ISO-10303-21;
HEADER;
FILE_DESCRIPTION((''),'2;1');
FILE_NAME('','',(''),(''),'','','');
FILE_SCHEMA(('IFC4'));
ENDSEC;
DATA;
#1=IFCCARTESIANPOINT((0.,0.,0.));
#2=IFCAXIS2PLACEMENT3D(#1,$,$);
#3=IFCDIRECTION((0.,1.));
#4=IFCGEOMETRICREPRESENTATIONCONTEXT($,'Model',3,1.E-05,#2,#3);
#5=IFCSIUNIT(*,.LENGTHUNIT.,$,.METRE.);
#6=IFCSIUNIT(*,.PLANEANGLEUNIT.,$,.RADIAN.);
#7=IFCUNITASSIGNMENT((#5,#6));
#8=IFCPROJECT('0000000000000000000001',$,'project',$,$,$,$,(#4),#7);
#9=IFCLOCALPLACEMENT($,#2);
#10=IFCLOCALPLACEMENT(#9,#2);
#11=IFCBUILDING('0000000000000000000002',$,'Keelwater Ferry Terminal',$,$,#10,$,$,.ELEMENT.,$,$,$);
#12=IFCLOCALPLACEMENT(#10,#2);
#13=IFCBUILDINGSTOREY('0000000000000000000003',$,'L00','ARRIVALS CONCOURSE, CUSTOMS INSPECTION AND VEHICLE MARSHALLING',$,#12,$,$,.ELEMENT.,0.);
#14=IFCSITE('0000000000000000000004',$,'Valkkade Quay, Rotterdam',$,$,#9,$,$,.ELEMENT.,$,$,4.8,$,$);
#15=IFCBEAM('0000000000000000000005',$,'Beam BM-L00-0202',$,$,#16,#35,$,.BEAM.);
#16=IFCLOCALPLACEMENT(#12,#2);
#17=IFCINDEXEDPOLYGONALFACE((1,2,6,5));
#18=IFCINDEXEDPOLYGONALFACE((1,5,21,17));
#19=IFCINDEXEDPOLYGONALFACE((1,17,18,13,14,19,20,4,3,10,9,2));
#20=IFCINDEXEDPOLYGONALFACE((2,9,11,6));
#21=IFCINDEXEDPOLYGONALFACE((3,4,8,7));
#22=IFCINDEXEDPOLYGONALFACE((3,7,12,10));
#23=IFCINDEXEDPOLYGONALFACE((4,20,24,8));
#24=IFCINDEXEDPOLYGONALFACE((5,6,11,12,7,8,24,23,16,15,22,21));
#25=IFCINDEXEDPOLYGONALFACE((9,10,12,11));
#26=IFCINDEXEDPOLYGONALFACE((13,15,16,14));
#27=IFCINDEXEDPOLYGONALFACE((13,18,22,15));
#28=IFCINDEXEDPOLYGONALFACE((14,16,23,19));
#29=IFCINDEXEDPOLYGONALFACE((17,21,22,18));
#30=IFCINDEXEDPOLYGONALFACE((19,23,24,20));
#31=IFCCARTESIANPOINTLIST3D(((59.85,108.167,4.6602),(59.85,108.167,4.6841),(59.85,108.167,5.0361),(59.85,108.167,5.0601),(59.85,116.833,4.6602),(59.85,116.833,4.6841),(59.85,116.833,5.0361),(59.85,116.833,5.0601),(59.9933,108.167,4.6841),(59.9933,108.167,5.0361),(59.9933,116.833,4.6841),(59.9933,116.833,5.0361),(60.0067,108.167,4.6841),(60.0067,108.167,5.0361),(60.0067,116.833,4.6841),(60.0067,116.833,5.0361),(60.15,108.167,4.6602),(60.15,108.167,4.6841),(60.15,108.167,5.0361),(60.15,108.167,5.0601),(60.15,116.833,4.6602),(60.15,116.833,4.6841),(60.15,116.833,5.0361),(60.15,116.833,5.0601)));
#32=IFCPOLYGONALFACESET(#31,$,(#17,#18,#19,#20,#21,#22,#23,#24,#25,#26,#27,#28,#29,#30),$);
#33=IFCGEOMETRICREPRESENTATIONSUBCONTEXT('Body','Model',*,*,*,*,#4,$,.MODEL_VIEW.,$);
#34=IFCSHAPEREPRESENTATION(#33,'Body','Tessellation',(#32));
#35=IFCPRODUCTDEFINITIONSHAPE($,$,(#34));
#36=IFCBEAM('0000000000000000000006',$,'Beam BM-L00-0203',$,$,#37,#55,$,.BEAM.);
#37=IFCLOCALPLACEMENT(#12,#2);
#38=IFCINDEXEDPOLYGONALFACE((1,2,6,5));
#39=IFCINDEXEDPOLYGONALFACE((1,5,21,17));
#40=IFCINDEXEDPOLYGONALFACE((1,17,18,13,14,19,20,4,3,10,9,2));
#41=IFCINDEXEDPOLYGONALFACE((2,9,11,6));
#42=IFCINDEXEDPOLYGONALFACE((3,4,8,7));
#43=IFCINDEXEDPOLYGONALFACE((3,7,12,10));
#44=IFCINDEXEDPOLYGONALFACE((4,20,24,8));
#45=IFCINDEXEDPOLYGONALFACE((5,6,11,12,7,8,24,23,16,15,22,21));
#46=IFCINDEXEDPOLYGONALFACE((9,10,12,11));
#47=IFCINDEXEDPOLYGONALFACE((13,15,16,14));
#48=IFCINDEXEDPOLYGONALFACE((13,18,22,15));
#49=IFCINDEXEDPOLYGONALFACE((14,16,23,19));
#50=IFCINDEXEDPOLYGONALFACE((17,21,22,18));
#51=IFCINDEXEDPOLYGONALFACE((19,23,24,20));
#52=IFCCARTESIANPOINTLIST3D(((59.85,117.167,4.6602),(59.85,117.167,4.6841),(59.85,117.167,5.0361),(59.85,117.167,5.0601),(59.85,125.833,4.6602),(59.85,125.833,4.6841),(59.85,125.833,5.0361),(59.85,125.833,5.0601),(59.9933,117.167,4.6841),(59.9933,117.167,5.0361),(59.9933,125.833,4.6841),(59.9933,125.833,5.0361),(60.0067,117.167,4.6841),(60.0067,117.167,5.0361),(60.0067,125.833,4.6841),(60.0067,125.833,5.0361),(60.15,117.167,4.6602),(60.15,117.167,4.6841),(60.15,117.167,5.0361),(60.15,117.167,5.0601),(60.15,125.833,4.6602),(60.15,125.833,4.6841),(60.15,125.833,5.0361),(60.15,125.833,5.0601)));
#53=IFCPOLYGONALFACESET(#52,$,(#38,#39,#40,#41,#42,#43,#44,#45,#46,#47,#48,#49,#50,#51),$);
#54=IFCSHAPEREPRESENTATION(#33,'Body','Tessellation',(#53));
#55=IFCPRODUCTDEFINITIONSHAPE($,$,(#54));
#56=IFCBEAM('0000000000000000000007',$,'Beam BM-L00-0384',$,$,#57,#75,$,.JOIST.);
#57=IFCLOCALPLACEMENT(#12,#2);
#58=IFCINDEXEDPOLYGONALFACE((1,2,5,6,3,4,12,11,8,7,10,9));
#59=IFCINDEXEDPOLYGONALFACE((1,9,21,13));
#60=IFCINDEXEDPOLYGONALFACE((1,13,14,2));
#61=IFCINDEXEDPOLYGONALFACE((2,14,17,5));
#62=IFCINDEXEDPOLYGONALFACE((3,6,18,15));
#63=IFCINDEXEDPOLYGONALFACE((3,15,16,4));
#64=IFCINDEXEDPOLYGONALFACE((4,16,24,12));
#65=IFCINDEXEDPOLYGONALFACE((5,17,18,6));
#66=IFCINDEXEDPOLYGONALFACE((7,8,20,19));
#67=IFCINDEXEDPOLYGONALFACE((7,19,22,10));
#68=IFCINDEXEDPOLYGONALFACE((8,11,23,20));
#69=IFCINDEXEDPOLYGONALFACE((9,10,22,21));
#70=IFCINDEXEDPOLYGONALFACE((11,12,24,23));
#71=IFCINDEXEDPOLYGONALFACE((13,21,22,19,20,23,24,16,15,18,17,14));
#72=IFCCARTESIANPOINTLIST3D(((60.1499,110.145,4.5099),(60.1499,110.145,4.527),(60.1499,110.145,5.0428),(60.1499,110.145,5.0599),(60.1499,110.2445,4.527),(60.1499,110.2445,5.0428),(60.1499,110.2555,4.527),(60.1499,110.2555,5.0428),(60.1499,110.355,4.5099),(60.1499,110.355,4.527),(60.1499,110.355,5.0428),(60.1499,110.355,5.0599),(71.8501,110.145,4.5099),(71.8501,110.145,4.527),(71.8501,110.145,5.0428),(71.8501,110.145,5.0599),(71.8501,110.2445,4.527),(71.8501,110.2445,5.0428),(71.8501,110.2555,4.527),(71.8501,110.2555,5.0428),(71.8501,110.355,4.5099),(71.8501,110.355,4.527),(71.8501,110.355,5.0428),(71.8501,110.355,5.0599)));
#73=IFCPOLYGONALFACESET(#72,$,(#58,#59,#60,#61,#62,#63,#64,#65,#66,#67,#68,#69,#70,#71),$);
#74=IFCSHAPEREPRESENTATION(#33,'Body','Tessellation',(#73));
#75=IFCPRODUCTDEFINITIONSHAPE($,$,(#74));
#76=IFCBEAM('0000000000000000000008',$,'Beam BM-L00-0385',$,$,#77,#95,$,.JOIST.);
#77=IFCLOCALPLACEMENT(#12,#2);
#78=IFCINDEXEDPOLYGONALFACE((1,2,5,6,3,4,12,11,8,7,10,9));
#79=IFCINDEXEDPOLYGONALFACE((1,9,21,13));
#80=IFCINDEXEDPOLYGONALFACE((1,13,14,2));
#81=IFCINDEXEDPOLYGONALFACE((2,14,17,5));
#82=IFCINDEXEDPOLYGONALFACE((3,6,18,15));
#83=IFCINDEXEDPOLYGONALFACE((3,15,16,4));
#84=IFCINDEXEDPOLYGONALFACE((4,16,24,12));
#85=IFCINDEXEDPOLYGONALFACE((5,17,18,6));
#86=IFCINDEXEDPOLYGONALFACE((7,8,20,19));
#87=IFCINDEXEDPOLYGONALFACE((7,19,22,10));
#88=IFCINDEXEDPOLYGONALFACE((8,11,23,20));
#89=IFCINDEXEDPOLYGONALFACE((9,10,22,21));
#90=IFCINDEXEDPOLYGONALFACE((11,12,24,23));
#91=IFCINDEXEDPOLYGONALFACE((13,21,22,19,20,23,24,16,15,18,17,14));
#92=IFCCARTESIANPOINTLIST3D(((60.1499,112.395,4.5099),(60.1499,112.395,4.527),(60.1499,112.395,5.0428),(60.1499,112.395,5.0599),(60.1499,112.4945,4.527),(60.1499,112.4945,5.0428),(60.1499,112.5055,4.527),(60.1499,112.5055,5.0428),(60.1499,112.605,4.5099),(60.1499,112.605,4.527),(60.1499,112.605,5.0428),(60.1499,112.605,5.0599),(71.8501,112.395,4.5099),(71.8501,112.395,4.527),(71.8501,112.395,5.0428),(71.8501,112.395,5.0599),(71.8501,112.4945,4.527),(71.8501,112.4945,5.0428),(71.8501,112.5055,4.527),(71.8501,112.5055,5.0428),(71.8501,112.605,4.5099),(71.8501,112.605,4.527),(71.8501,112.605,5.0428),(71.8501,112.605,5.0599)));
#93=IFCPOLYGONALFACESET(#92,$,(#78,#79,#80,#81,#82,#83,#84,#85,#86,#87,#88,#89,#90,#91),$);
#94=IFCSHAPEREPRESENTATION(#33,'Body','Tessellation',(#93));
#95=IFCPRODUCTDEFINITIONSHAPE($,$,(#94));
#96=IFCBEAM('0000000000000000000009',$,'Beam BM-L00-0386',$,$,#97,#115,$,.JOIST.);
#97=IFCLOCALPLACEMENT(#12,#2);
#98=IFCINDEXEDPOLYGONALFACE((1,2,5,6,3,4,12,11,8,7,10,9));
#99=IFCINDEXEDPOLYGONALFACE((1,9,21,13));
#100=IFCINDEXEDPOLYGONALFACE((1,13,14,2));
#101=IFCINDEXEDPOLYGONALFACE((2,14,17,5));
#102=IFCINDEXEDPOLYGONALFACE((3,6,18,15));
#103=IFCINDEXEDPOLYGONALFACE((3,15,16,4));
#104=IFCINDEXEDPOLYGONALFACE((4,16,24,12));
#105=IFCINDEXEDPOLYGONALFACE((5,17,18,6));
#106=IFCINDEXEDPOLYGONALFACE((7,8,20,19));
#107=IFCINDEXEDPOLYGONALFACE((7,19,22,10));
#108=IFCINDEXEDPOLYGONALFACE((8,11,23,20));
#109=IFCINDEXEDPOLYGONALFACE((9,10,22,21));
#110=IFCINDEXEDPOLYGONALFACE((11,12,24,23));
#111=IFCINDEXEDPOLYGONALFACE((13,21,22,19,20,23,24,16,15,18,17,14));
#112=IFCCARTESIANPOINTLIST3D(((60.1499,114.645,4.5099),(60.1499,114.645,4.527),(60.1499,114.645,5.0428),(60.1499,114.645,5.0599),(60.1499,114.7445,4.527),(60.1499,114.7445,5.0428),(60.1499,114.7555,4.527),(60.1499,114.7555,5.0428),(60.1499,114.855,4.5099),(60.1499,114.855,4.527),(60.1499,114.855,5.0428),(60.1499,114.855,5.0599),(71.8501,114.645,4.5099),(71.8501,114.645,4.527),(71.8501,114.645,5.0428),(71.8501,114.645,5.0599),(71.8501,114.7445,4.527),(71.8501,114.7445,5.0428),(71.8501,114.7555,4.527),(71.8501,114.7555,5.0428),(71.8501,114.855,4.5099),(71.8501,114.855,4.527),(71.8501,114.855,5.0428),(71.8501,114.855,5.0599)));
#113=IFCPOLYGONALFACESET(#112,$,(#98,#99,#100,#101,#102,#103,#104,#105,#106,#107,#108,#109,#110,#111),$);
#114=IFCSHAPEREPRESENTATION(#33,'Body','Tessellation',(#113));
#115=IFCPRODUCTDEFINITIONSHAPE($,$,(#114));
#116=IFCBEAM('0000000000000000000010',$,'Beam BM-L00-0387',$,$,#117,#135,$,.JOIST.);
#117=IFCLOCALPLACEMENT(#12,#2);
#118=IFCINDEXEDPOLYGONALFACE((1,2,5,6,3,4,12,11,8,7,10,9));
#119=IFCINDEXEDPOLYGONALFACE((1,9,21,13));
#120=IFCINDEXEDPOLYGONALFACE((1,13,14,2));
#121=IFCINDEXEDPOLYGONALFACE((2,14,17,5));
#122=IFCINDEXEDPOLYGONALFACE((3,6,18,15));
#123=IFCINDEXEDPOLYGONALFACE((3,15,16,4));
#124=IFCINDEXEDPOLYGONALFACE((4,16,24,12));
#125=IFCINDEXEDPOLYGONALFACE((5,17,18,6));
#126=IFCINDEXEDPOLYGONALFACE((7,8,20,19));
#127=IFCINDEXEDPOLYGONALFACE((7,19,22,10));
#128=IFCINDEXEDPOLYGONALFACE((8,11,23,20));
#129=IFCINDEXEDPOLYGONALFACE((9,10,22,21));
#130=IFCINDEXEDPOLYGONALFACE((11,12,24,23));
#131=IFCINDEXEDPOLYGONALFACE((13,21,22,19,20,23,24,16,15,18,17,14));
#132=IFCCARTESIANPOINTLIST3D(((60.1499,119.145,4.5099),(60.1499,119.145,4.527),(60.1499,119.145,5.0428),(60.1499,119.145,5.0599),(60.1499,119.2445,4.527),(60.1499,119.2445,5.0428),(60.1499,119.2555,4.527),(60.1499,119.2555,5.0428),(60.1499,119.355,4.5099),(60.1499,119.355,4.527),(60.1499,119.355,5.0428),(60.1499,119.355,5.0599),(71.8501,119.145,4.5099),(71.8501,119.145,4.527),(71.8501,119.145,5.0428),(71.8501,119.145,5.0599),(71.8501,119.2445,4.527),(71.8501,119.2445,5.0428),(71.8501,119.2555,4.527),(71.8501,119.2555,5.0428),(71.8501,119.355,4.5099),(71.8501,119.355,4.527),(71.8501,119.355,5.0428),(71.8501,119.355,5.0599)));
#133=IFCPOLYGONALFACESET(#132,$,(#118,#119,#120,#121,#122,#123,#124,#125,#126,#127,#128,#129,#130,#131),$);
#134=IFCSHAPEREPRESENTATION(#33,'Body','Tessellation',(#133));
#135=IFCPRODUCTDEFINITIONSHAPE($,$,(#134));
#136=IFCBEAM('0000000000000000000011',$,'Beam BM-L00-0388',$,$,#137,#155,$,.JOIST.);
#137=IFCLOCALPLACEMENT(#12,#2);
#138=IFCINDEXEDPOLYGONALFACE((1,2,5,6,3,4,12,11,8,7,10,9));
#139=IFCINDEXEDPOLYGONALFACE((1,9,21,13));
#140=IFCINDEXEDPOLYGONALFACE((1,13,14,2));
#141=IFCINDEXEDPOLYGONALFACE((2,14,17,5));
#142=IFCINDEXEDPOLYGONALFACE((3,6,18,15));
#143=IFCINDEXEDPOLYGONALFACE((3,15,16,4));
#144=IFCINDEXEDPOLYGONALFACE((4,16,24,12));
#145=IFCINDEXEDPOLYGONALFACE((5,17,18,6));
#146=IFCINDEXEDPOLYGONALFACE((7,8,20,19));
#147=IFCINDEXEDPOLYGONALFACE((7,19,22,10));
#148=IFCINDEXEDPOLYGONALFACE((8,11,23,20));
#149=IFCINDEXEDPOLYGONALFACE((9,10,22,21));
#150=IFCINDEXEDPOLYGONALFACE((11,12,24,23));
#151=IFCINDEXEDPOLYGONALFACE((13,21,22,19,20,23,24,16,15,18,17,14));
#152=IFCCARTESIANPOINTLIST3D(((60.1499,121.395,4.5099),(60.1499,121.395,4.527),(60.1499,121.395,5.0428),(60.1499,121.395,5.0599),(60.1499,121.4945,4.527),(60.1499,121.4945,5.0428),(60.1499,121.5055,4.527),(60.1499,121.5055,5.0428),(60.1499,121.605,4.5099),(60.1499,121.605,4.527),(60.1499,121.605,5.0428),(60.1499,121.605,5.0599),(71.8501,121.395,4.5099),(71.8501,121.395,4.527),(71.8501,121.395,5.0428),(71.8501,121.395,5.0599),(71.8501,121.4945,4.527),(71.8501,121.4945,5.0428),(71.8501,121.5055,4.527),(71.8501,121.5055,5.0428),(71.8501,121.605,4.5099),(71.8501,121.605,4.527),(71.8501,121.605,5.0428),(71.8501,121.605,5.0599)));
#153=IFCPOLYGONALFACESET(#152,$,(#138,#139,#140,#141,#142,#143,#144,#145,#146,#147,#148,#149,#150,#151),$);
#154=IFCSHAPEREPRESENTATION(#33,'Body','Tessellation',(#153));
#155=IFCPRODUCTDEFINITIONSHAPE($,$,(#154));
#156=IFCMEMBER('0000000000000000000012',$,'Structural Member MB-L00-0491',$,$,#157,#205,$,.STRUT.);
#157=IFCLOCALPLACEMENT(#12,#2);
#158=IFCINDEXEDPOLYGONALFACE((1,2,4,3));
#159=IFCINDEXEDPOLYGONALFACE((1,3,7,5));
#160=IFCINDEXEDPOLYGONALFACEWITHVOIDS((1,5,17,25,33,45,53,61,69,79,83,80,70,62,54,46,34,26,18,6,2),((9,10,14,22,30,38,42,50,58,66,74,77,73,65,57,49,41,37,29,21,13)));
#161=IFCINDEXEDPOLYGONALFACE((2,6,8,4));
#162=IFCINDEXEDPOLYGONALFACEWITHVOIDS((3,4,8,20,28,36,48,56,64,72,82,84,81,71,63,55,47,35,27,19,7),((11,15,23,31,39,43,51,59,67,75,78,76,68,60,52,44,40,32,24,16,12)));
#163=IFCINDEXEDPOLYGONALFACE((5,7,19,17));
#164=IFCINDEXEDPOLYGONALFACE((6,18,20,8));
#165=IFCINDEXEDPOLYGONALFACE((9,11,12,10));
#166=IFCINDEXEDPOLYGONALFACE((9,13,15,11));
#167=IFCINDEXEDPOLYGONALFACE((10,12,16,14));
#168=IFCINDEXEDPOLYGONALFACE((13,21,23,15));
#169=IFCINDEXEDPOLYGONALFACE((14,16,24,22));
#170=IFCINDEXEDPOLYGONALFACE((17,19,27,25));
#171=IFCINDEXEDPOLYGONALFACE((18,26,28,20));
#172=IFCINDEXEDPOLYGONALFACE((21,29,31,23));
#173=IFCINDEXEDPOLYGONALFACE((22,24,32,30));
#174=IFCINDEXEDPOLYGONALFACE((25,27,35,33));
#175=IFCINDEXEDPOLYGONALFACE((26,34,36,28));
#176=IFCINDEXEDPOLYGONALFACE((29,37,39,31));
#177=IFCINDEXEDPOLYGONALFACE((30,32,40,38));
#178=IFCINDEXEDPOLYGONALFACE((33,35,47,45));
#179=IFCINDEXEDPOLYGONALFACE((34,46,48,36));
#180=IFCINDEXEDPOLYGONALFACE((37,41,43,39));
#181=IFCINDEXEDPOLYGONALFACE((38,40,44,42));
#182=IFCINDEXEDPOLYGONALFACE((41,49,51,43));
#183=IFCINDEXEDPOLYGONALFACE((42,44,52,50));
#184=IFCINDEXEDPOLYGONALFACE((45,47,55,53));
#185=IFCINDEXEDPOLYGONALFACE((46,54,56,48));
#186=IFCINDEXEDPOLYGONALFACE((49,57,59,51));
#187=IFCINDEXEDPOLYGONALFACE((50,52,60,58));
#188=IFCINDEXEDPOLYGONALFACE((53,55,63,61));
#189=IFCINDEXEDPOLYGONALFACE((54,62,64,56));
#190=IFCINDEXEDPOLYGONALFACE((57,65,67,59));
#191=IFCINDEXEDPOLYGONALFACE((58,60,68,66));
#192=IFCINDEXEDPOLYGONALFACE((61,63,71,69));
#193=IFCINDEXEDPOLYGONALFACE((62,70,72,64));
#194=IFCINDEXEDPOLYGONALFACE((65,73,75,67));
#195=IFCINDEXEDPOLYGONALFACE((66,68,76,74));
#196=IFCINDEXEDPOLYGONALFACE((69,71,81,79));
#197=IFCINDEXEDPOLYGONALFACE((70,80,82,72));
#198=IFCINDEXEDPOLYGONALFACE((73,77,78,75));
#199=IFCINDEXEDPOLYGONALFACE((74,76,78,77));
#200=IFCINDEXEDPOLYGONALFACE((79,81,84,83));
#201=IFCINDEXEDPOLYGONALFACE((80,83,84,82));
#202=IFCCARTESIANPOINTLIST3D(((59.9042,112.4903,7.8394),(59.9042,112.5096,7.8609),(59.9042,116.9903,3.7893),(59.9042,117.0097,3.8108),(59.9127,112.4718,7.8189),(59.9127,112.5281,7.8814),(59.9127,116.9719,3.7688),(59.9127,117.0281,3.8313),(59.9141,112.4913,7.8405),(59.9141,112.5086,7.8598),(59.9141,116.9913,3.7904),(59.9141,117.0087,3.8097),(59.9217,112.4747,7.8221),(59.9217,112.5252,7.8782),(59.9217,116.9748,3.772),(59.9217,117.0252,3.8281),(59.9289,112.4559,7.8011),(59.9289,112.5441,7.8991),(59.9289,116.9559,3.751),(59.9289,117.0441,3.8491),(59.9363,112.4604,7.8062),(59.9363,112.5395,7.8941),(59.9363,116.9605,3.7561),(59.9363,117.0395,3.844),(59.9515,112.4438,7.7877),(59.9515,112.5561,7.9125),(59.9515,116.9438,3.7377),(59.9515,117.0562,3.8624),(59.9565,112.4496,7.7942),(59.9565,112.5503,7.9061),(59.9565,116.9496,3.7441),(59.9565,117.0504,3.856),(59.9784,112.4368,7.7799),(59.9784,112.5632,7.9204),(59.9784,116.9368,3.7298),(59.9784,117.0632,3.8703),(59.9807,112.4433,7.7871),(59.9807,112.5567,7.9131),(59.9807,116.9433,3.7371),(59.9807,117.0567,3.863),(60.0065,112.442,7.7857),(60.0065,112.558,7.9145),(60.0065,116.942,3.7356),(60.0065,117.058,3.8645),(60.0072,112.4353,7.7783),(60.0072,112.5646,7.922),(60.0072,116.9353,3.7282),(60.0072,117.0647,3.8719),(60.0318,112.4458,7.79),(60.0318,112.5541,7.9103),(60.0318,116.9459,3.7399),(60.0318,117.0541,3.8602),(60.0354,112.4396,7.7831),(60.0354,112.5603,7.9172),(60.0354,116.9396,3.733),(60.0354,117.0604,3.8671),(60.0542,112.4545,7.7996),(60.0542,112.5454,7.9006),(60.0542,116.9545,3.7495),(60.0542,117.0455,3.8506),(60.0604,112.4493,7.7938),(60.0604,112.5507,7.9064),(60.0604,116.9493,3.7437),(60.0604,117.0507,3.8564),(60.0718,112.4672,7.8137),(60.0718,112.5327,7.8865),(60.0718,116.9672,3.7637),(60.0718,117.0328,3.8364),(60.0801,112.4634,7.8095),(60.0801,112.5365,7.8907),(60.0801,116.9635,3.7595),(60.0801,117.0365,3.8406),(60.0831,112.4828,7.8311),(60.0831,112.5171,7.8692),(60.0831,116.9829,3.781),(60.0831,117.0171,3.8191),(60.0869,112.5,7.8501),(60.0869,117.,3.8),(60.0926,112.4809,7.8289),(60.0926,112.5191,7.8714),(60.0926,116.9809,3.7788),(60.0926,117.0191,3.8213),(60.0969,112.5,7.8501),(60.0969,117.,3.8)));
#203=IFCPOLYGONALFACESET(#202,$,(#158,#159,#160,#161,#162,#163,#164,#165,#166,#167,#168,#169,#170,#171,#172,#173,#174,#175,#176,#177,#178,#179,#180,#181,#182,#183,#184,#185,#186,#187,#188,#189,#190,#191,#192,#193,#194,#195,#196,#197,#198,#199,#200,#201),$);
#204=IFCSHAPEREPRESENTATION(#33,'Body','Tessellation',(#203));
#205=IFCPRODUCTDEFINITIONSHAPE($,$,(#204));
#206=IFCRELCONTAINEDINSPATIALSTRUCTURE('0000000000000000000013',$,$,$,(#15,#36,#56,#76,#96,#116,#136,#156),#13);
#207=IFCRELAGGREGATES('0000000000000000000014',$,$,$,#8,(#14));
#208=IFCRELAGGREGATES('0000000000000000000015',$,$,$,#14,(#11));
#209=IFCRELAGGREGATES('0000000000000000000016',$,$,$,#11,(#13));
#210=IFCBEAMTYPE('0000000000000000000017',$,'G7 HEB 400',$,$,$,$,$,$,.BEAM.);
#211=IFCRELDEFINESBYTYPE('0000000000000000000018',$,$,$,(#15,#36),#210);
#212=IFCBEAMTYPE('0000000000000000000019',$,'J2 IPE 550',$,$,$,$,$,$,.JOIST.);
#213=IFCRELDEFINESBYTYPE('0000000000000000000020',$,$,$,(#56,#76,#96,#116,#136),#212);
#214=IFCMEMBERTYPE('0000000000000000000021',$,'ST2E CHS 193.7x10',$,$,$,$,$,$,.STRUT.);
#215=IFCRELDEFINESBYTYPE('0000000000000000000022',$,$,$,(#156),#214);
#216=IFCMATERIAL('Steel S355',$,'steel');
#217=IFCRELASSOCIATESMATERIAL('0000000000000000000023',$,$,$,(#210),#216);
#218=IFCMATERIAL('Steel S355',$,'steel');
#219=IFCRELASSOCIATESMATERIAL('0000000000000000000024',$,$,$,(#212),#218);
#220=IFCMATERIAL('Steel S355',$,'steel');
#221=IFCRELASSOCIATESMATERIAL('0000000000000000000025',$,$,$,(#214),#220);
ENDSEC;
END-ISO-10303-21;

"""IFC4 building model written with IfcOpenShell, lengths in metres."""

from ifc_helpers import new_model, si_unit, direction, frame, origin, origin_2d, place, context, subcontext, project, spatial, hollow_circle, i_section, extrude, material, material_profile, profile_set, type_object, element, save


model = new_model("IFC4")

# Units and contexts
model_context = context("Model", 3, precision=1e-05, world=origin(), true_north=direction((0.0, 1.0)))
body_context = subcontext(model_context, "Body", "Model", "MODEL_VIEW")
ifc_project = project(units=[si_unit("LENGTHUNIT", "METRE"), si_unit("PLANEANGLEUNIT", "RADIAN")], contexts=[model_context])

# Site, building, storey
site_placement = place(None, origin())
site = spatial("IfcSite", under=ifc_project, at=site_placement, Name="Valkkade Quay, Rotterdam", CompositionType="ELEMENT", RefElevation=4.8)
building_placement = place(site_placement, origin())
building = spatial("IfcBuilding", under=site, at=building_placement, Name="Keelwater Ferry Terminal", CompositionType="ELEMENT")
storey_placement = place(building_placement, origin())
storey = spatial("IfcBuildingStorey", under=building, at=storey_placement, Name="L00", Description="ARRIVALS CONCOURSE, CUSTOMS INSPECTION AND VEHICLE MARSHALLING", CompositionType="ELEMENT", Elevation=0.0)

# Beams
ifc_material_1 = material(Name="Steel S355", Category="steel")
ifc_material_profile_1 = material_profile(ifc_material_1, i_section(OverallWidth=0.3, OverallDepth=0.3999, WebThickness=0.0134, FlangeThickness=0.0239, at=origin_2d()), Name="HEB 400")
ifc_profile_set_1 = profile_set([ifc_material_profile_1], Name="Steel S355")
beam_type_1 = type_object("IfcBeamType", Name="G7 HEB 400", PredefinedType="BEAM", material=ifc_profile_set_1)
for number, where, z_axis, x_axis, name in (
    (1, (60.0, 108.167, 4.8601), (0.0, 1.0, 0.0), (-1.0, 0.0, 0.0), "Beam BM-L00-0202"),
    (2, (60.0, 117.167, 4.8601), (0.0, 1.0, 0.0), (-1.0, 0.0, 0.0), "Beam BM-L00-0203"),
):
    element("IfcBeam", number, at=place(storey_placement, frame(where, z_axis=z_axis, x_axis=x_axis)), inside=storey, type_object=beam_type_1, Name=name, PredefinedType="BEAM", context=body_context, shape_type="SweptSolid", body=[
        extrude(i_section(OverallWidth=0.3, OverallDepth=0.3999, WebThickness=0.0134, FlangeThickness=0.0239, at=origin_2d()), origin(), (0.0, 0.0, 1.0), 8.666),
    ])
ifc_material_2 = material(Name="Steel S355", Category="steel")
ifc_material_profile_2 = material_profile(ifc_material_2, i_section(OverallWidth=0.21, OverallDepth=0.55, WebThickness=0.011, FlangeThickness=0.0171, at=origin_2d()), Name="IPE 550")
ifc_profile_set_2 = profile_set([ifc_material_profile_2], Name="Steel S355")
beam_type_2 = type_object("IfcBeamType", Name="J2 IPE 550", PredefinedType="JOIST", material=ifc_profile_set_2)
for number, where, z_axis, x_axis, name in (
    (3, (60.1499, 110.25, 4.7849), (1.0, 0.0, 0.0), (0.0, 1.0, 0.0), "Beam BM-L00-0384"),
    (4, (60.1499, 112.5, 4.7849), (1.0, 0.0, 0.0), (0.0, 1.0, 0.0), "Beam BM-L00-0385"),
    (5, (60.1499, 114.75, 4.7849), (1.0, 0.0, 0.0), (0.0, 1.0, 0.0), "Beam BM-L00-0386"),
    (6, (60.1499, 119.25, 4.7849), (1.0, 0.0, 0.0), (0.0, 1.0, 0.0), "Beam BM-L00-0387"),
    (7, (60.1499, 121.5, 4.7849), (1.0, 0.0, 0.0), (0.0, 1.0, 0.0), "Beam BM-L00-0388"),
):
    element("IfcBeam", number, at=place(storey_placement, frame(where, z_axis=z_axis, x_axis=x_axis)), inside=storey, type_object=beam_type_2, Name=name, PredefinedType="JOIST", context=body_context, shape_type="SweptSolid", body=[
        extrude(i_section(OverallWidth=0.21, OverallDepth=0.55, WebThickness=0.011, FlangeThickness=0.0171, at=origin_2d()), origin(), (0.0, 0.0, 1.0), 11.7002),
    ])

# Member
ifc_material_3 = material(Name="Steel S355", Category="steel")
ifc_material_profile_3 = material_profile(ifc_material_3, hollow_circle(Radius=0.0969, WallThickness=0.01, at=origin_2d()), Name="CHS 193.7x10")
ifc_profile_set_3 = profile_set([ifc_material_profile_3], Name="Steel S355")
member_type = type_object("IfcMemberType", Name="ST2E CHS 193.7x10", PredefinedType="STRUT", material=ifc_profile_set_3)
member_placement = place(storey_placement, frame((60.0, 117.0, 3.8), z_axis=(0.0, -0.74329, 0.668969), x_axis=(1.0, 0.0, 0.0)))
element("IfcMember", 8, at=member_placement, inside=storey, type_object=member_type, Name="Structural Member MB-L00-0491", PredefinedType="STRUT", context=body_context, shape_type="SweptSolid", body=[
    extrude(hollow_circle(Radius=0.0969, WallThickness=0.01, at=origin_2d()), origin(), (0.0, 0.0, 1.0), 6.0542),
])

save(model, "model.ifc")
